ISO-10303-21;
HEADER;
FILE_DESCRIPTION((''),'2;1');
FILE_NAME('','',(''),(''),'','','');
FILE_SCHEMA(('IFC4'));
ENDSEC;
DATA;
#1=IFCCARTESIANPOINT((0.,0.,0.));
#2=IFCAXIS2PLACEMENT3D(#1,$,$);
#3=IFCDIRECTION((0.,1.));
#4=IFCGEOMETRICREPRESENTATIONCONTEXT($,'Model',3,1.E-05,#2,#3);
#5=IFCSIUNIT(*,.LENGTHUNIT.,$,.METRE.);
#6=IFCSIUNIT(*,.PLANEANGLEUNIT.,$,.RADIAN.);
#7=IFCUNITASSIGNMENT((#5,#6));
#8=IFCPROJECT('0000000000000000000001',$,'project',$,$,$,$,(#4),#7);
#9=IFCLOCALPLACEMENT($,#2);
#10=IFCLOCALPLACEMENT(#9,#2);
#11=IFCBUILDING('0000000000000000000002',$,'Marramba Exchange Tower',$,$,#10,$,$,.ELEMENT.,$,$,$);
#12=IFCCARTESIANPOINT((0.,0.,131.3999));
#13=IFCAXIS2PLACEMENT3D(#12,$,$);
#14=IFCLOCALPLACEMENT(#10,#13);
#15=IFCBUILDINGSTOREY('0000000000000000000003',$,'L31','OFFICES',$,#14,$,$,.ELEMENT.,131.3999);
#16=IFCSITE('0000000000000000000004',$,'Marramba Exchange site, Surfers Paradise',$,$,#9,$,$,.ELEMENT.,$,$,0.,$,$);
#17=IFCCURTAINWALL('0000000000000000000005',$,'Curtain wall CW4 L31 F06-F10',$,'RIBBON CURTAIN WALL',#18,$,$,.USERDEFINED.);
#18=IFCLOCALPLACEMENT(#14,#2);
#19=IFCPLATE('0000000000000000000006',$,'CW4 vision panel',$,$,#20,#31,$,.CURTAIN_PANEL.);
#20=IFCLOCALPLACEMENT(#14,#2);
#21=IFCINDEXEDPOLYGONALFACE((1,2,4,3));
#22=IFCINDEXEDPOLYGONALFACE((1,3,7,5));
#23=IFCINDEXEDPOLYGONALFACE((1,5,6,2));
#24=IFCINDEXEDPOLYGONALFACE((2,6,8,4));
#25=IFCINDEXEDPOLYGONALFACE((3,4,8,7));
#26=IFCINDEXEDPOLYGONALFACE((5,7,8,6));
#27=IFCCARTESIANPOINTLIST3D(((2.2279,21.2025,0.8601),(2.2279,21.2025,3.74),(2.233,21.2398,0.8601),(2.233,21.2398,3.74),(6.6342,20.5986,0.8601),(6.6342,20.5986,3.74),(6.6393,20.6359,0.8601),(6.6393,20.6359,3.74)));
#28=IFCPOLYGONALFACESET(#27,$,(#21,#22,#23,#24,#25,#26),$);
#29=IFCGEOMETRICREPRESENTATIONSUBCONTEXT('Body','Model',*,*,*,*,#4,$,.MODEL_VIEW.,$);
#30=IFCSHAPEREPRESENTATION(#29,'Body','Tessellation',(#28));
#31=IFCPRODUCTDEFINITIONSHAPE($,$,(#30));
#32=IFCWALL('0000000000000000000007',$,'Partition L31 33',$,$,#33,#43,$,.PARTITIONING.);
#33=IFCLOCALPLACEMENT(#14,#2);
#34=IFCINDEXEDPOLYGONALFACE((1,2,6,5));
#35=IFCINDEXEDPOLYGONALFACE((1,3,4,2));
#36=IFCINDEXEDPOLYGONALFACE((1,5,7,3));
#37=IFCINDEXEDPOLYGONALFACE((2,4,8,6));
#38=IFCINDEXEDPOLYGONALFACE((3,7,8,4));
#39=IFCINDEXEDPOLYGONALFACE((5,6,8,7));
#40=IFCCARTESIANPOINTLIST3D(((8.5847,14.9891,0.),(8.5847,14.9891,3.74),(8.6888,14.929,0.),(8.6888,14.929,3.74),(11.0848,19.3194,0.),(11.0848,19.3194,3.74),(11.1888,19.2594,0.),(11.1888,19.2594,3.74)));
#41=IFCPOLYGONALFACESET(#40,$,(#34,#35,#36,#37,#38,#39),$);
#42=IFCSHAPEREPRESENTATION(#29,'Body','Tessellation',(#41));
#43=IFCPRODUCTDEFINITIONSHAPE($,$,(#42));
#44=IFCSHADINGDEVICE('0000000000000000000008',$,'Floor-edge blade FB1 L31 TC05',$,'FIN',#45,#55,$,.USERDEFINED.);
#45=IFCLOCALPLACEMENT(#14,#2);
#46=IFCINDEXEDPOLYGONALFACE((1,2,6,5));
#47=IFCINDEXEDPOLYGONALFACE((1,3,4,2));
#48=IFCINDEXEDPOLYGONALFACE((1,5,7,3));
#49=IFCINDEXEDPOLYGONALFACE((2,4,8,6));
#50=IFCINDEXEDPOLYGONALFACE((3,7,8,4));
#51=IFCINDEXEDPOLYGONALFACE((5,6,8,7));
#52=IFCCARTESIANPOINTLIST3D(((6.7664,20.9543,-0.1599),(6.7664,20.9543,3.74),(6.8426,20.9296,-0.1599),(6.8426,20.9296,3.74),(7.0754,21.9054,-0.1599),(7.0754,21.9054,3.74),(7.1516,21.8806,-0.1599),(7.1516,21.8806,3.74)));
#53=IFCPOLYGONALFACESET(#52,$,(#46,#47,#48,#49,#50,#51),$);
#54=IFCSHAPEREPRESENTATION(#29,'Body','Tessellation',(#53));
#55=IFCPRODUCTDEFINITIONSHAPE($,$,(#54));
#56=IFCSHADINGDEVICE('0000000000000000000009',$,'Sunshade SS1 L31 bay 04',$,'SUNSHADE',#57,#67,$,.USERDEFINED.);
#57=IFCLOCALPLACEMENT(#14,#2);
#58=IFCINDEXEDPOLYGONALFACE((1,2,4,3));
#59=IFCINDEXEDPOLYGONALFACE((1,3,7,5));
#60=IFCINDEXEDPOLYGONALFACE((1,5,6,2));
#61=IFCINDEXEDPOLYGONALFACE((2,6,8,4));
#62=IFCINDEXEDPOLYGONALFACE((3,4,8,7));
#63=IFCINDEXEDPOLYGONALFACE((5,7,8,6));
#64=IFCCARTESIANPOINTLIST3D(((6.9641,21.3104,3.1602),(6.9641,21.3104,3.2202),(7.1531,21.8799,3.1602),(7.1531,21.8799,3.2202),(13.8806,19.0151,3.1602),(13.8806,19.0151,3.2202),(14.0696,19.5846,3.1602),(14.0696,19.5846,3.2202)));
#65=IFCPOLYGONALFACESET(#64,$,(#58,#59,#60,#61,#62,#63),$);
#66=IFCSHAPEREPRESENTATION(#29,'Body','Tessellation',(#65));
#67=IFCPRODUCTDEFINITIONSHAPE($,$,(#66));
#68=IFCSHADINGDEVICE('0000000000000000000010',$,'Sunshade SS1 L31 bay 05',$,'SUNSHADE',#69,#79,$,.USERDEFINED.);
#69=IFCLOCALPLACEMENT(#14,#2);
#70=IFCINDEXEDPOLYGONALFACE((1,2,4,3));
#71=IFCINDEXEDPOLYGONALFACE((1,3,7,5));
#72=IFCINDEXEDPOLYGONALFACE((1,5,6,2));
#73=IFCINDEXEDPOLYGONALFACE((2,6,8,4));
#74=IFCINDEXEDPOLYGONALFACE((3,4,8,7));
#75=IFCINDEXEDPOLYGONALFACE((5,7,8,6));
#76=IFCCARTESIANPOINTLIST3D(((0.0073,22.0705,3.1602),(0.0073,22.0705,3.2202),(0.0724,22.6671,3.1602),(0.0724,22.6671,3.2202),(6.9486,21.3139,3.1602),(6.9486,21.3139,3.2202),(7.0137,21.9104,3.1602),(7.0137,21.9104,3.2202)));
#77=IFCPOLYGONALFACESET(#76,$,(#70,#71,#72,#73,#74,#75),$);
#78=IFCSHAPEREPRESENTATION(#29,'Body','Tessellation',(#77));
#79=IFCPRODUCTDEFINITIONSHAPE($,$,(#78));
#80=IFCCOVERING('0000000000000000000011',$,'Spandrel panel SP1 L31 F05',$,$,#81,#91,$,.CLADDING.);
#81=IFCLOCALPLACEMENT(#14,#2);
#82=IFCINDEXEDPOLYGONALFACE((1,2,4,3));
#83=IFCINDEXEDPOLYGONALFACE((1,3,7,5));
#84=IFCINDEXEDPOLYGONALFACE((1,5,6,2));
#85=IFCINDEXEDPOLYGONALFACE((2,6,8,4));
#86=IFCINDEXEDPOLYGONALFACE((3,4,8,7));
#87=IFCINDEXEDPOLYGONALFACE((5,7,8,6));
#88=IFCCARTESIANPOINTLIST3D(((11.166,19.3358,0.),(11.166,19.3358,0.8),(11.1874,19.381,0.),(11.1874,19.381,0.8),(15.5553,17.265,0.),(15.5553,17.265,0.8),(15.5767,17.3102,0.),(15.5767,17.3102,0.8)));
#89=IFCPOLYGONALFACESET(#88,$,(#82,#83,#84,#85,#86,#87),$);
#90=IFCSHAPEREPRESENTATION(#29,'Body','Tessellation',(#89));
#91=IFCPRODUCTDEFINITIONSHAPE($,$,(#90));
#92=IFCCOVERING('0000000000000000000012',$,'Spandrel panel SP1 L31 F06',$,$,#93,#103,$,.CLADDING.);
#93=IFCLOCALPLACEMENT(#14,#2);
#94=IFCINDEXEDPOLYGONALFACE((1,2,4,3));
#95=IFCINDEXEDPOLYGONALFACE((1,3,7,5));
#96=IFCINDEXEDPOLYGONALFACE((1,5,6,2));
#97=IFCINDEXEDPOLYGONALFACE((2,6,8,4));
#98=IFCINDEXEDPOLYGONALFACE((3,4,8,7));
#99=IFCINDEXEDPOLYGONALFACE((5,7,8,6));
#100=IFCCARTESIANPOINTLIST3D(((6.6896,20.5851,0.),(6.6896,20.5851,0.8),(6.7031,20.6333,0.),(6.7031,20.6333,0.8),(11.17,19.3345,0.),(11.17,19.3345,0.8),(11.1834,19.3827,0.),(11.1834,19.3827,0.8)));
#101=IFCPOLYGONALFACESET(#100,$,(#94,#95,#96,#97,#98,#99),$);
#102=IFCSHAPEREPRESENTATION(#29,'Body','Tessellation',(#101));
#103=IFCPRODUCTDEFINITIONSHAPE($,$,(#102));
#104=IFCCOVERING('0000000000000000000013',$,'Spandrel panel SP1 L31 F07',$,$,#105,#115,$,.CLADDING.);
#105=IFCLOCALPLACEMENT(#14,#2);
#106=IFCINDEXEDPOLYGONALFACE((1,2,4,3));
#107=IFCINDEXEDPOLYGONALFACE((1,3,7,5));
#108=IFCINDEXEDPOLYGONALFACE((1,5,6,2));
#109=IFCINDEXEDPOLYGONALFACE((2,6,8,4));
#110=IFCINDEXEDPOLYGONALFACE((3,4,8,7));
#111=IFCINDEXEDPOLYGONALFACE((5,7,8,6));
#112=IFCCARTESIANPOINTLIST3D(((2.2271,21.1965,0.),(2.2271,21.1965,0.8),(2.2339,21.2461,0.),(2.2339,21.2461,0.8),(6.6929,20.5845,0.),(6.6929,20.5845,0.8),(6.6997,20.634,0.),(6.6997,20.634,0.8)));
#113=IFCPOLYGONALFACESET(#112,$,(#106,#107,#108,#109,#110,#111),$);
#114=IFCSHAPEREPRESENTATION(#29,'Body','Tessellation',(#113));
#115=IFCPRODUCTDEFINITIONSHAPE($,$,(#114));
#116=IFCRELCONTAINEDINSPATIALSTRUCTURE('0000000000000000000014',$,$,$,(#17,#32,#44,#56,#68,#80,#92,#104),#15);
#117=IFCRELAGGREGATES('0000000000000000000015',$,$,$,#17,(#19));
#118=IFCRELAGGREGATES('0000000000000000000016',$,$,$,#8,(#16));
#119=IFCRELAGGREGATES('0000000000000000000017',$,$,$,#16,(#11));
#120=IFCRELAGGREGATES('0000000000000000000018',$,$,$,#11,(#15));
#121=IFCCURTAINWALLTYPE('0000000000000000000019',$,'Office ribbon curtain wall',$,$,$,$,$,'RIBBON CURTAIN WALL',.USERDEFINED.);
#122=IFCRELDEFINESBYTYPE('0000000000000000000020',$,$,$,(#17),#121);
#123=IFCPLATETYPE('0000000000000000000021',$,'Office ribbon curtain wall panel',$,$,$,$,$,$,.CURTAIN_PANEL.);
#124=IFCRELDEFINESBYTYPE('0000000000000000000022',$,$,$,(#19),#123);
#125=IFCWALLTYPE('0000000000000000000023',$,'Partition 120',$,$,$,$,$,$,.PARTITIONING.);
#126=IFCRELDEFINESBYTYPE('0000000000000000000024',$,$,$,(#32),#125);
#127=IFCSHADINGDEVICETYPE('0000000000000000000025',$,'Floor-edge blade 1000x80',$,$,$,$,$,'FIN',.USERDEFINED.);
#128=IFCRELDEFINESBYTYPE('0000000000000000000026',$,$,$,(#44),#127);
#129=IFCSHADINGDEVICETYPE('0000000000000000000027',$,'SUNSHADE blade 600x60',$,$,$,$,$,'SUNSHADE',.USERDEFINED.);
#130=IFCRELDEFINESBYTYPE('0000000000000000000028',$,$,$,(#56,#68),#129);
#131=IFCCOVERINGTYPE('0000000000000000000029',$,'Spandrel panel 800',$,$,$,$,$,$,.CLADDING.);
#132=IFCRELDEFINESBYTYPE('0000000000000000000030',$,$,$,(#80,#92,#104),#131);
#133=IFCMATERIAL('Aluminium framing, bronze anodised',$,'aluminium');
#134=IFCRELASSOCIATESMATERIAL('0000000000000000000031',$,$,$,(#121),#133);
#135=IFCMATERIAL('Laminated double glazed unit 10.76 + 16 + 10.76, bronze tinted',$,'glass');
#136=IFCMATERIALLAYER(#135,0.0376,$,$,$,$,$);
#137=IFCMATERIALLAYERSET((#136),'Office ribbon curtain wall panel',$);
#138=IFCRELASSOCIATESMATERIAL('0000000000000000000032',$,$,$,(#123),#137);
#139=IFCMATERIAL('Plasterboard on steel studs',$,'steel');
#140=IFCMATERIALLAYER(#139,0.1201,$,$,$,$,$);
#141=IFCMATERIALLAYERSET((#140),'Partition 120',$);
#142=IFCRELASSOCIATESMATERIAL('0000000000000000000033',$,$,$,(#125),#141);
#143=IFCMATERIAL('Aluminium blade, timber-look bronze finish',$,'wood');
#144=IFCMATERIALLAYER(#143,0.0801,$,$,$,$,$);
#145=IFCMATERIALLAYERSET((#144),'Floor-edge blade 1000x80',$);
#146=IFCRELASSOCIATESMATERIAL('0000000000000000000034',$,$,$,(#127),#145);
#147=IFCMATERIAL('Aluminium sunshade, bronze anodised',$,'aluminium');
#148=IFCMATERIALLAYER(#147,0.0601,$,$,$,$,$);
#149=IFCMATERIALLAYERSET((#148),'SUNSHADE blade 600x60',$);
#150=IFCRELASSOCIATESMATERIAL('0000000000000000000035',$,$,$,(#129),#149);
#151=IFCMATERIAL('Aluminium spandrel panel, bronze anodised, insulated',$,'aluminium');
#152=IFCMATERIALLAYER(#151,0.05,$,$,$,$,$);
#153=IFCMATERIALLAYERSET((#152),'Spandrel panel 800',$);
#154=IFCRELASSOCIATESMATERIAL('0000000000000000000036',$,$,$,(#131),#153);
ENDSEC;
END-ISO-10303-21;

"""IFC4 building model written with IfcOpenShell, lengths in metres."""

from ifc_helpers import new_model, si_unit, direction, frame, frame_2d, origin, origin_2d, place, context, subcontext, project, spatial, rectangle, extrude, material, layer, layer_set, type_object, element, aggregate, save


model = new_model("IFC4")

# Units and contexts
model_context = context("Model", 3, precision=1e-05, world=origin(), true_north=direction((0.0, 1.0)))
body_context = subcontext(model_context, "Body", "Model", "MODEL_VIEW")
ifc_project = project(units=[si_unit("LENGTHUNIT", "METRE"), si_unit("PLANEANGLEUNIT", "RADIAN")], contexts=[model_context])

# Site, building, storey
site_placement = place(None, origin())
site = spatial("IfcSite", under=ifc_project, at=site_placement, Name="Marramba Exchange site, Surfers Paradise", CompositionType="ELEMENT", RefElevation=0.0)
building_placement = place(site_placement, origin())
building = spatial("IfcBuilding", under=site, at=building_placement, Name="Marramba Exchange Tower", CompositionType="ELEMENT")
storey_placement = place(building_placement, frame((0.0, 0.0, 131.3999)))
storey = spatial("IfcBuildingStorey", under=building, at=storey_placement, Name="L31", Description="OFFICES", CompositionType="ELEMENT", Elevation=131.3999)

# Curtain wall
ifc_material_1 = material(Name="Aluminium framing, bronze anodised", Category="aluminium")
curtain_wall_type = type_object("IfcCurtainWallType", Name="Office ribbon curtain wall", ElementType="RIBBON CURTAIN WALL", PredefinedType="USERDEFINED", material=ifc_material_1)
curtain_wall_1_placement = place(storey_placement, origin())
curtain_wall_1 = element("IfcCurtainWall", 1, at=curtain_wall_1_placement, inside=storey, type_object=curtain_wall_type, Name="Curtain wall CW4 L31 F06-F10", ObjectType="RIBBON CURTAIN WALL", PredefinedType="USERDEFINED")

# Shared definitions
ifc_material_2 = material(Name="Laminated double glazed unit 10.76 + 16 + 10.76, bronze tinted", Category="glass")
ifc_layer_1 = layer(ifc_material_2, 0.0376)
ifc_layer_set_1 = layer_set([ifc_layer_1], Name="Office ribbon curtain wall panel")
plate_type = type_object("IfcPlateType", Name="Office ribbon curtain wall panel", PredefinedType="CURTAIN_PANEL", material=ifc_layer_set_1)

# Plate
plate_1_placement = place(storey_placement, frame((4.4336, 20.9192, 0.8601), z_axis=(0.0, 0.0, 1.0), x_axis=(-0.990738, 0.135786, 0.0)))
plate_1 = element("IfcPlate", 2, at=plate_1_placement, type_object=plate_type, Name="CW4 vision panel", PredefinedType="CURTAIN_PANEL", context=body_context, shape_type="SweptSolid", body=[
    extrude(rectangle(XDim=4.4475, YDim=0.0376, at=origin_2d()), origin(), (0.0, 0.0, 1.0), 2.8799),
])
aggregate(curtain_wall_1, [plate_1])

# Wall
ifc_material_3 = material(Name="Plasterboard on steel studs", Category="steel")
ifc_layer_2 = layer(ifc_material_3, 0.1201)
ifc_layer_set_2 = layer_set([ifc_layer_2], Name="Partition 120")
wall_type = type_object("IfcWallType", Name="Partition 120", PredefinedType="PARTITIONING", material=ifc_layer_set_2)
wall_placement = place(storey_placement, frame((11.1367, 19.2893, 0.0), z_axis=(0.0, 0.0, 1.0), x_axis=(-0.499983, -0.866035, 0.0)))
element("IfcWall", 3, at=wall_placement, inside=storey, type_object=wall_type, Name="Partition L31 33", PredefinedType="PARTITIONING", context=body_context, shape_type="SweptSolid", body=[
    extrude(rectangle(XDim=5.0002, YDim=0.1201, at=frame_2d((2.5, 0.0))), origin(), (0.0, 0.0, 1.0), 3.74),
])

# Shading devices
ifc_material_4 = material(Name="Aluminium blade, timber-look bronze finish", Category="wood")
ifc_layer_3 = layer(ifc_material_4, 0.0801)
ifc_layer_set_3 = layer_set([ifc_layer_3], Name="Floor-edge blade 1000x80")
shading_device_type_1 = type_object("IfcShadingDeviceType", Name="Floor-edge blade 1000x80", ElementType="FIN", PredefinedType="USERDEFINED", material=ifc_layer_set_3)
shading_device_1_placement = place(storey_placement, frame((6.959, 21.4175, -0.1599), z_axis=(0.0, 0.0, 1.0), x_axis=(0.309017, 0.951057, 0.0)))
element("IfcShadingDevice", 4, at=shading_device_1_placement, inside=storey, type_object=shading_device_type_1, Name="Floor-edge blade FB1 L31 TC05", ObjectType="FIN", PredefinedType="USERDEFINED", context=body_context, shape_type="SweptSolid", body=[
    extrude(rectangle(XDim=1.0, YDim=0.0801, at=origin_2d()), origin(), (0.0, 0.0, 1.0), 3.8999),
])
ifc_material_5 = material(Name="Aluminium sunshade, bronze anodised", Category="aluminium")
ifc_layer_4 = layer(ifc_material_5, 0.0601)
ifc_layer_set_4 = layer_set([ifc_layer_4], Name="SUNSHADE blade 600x60")
shading_device_type_2 = type_object("IfcShadingDeviceType", Name="SUNSHADE blade 600x60", ElementType="SUNSHADE", PredefinedType="USERDEFINED", material=ifc_layer_set_4)
shading_device_2_placement = place(storey_placement, frame((10.5168, 20.4475, 3.1602), z_axis=(0.0, 0.0, 1.0), x_axis=(-0.949101, 0.314972, 0.0)))
element("IfcShadingDevice", 5, at=shading_device_2_placement, inside=storey, type_object=shading_device_type_2, Name="Sunshade SS1 L31 bay 04", ObjectType="SUNSHADE", PredefinedType="USERDEFINED", context=body_context, shape_type="SweptSolid", body=[
    extrude(rectangle(XDim=7.2874, YDim=0.6001, at=origin_2d()), origin(), (0.0, 0.0, 1.0), 0.0601),
])
shading_device_3_placement = place(storey_placement, frame((3.5105, 21.9905, 3.1602), z_axis=(0.0, 0.0, 1.0), x_axis=(-0.994111, 0.108363, 0.0)))
element("IfcShadingDevice", 6, at=shading_device_3_placement, inside=storey, type_object=shading_device_type_2, Name="Sunshade SS1 L31 bay 05", ObjectType="SUNSHADE", PredefinedType="USERDEFINED", context=body_context, shape_type="SweptSolid", body=[
    extrude(rectangle(XDim=6.9824, YDim=0.6001, at=origin_2d()), origin(), (0.0, 0.0, 1.0), 0.0601),
])

# Coverings
ifc_material_6 = material(Name="Aluminium spandrel panel, bronze anodised, insulated", Category="aluminium")
ifc_layer_5 = layer(ifc_material_6, 0.05)
ifc_layer_set_5 = layer_set([ifc_layer_5], Name="Spandrel panel 800")
covering_type = type_object("IfcCoveringType", Name="Spandrel panel 800", PredefinedType="CLADDING", material=ifc_layer_set_5)
covering_1_placement = place(storey_placement, frame((13.3713, 18.323, 0.0), z_axis=(0.0, 0.0, 1.0), x_axis=(-0.904403, 0.426679, 0.0)))
element("IfcCovering", 7, at=covering_1_placement, inside=storey, type_object=covering_type, Name="Spandrel panel SP1 L31 F05", PredefinedType="CLADDING", context=body_context, shape_type="SweptSolid", body=[
    extrude(rectangle(XDim=4.8533, YDim=0.05, at=origin_2d()), origin(), (0.0, 0.0, 1.0), 0.8),
])
covering_2_placement = place(storey_placement, frame((8.9365, 19.9839, 0.0), z_axis=(0.0, 0.0, 1.0), x_axis=(-0.963178, 0.268865, 0.0)))
element("IfcCovering", 8, at=covering_2_placement, inside=storey, type_object=covering_type, Name="Spandrel panel SP1 L31 F06", PredefinedType="CLADDING", context=body_context, shape_type="SweptSolid", body=[
    extrude(rectangle(XDim=4.6516, YDim=0.05, at=origin_2d()), origin(), (0.0, 0.0, 1.0), 0.8),
])
covering_3_placement = place(storey_placement, frame((4.4634, 20.9153, 0.0), z_axis=(0.0, 0.0, 1.0), x_axis=(-0.990738, 0.135786, 0.0)))
element("IfcCovering", 9, at=covering_3_placement, inside=storey, type_object=covering_type, Name="Spandrel panel SP1 L31 F07", PredefinedType="CLADDING", context=body_context, shape_type="SweptSolid", body=[
    extrude(rectangle(XDim=4.5076, YDim=0.05, at=origin_2d()), origin(), (0.0, 0.0, 1.0), 0.8),
])

save(model, "model.ifc")
